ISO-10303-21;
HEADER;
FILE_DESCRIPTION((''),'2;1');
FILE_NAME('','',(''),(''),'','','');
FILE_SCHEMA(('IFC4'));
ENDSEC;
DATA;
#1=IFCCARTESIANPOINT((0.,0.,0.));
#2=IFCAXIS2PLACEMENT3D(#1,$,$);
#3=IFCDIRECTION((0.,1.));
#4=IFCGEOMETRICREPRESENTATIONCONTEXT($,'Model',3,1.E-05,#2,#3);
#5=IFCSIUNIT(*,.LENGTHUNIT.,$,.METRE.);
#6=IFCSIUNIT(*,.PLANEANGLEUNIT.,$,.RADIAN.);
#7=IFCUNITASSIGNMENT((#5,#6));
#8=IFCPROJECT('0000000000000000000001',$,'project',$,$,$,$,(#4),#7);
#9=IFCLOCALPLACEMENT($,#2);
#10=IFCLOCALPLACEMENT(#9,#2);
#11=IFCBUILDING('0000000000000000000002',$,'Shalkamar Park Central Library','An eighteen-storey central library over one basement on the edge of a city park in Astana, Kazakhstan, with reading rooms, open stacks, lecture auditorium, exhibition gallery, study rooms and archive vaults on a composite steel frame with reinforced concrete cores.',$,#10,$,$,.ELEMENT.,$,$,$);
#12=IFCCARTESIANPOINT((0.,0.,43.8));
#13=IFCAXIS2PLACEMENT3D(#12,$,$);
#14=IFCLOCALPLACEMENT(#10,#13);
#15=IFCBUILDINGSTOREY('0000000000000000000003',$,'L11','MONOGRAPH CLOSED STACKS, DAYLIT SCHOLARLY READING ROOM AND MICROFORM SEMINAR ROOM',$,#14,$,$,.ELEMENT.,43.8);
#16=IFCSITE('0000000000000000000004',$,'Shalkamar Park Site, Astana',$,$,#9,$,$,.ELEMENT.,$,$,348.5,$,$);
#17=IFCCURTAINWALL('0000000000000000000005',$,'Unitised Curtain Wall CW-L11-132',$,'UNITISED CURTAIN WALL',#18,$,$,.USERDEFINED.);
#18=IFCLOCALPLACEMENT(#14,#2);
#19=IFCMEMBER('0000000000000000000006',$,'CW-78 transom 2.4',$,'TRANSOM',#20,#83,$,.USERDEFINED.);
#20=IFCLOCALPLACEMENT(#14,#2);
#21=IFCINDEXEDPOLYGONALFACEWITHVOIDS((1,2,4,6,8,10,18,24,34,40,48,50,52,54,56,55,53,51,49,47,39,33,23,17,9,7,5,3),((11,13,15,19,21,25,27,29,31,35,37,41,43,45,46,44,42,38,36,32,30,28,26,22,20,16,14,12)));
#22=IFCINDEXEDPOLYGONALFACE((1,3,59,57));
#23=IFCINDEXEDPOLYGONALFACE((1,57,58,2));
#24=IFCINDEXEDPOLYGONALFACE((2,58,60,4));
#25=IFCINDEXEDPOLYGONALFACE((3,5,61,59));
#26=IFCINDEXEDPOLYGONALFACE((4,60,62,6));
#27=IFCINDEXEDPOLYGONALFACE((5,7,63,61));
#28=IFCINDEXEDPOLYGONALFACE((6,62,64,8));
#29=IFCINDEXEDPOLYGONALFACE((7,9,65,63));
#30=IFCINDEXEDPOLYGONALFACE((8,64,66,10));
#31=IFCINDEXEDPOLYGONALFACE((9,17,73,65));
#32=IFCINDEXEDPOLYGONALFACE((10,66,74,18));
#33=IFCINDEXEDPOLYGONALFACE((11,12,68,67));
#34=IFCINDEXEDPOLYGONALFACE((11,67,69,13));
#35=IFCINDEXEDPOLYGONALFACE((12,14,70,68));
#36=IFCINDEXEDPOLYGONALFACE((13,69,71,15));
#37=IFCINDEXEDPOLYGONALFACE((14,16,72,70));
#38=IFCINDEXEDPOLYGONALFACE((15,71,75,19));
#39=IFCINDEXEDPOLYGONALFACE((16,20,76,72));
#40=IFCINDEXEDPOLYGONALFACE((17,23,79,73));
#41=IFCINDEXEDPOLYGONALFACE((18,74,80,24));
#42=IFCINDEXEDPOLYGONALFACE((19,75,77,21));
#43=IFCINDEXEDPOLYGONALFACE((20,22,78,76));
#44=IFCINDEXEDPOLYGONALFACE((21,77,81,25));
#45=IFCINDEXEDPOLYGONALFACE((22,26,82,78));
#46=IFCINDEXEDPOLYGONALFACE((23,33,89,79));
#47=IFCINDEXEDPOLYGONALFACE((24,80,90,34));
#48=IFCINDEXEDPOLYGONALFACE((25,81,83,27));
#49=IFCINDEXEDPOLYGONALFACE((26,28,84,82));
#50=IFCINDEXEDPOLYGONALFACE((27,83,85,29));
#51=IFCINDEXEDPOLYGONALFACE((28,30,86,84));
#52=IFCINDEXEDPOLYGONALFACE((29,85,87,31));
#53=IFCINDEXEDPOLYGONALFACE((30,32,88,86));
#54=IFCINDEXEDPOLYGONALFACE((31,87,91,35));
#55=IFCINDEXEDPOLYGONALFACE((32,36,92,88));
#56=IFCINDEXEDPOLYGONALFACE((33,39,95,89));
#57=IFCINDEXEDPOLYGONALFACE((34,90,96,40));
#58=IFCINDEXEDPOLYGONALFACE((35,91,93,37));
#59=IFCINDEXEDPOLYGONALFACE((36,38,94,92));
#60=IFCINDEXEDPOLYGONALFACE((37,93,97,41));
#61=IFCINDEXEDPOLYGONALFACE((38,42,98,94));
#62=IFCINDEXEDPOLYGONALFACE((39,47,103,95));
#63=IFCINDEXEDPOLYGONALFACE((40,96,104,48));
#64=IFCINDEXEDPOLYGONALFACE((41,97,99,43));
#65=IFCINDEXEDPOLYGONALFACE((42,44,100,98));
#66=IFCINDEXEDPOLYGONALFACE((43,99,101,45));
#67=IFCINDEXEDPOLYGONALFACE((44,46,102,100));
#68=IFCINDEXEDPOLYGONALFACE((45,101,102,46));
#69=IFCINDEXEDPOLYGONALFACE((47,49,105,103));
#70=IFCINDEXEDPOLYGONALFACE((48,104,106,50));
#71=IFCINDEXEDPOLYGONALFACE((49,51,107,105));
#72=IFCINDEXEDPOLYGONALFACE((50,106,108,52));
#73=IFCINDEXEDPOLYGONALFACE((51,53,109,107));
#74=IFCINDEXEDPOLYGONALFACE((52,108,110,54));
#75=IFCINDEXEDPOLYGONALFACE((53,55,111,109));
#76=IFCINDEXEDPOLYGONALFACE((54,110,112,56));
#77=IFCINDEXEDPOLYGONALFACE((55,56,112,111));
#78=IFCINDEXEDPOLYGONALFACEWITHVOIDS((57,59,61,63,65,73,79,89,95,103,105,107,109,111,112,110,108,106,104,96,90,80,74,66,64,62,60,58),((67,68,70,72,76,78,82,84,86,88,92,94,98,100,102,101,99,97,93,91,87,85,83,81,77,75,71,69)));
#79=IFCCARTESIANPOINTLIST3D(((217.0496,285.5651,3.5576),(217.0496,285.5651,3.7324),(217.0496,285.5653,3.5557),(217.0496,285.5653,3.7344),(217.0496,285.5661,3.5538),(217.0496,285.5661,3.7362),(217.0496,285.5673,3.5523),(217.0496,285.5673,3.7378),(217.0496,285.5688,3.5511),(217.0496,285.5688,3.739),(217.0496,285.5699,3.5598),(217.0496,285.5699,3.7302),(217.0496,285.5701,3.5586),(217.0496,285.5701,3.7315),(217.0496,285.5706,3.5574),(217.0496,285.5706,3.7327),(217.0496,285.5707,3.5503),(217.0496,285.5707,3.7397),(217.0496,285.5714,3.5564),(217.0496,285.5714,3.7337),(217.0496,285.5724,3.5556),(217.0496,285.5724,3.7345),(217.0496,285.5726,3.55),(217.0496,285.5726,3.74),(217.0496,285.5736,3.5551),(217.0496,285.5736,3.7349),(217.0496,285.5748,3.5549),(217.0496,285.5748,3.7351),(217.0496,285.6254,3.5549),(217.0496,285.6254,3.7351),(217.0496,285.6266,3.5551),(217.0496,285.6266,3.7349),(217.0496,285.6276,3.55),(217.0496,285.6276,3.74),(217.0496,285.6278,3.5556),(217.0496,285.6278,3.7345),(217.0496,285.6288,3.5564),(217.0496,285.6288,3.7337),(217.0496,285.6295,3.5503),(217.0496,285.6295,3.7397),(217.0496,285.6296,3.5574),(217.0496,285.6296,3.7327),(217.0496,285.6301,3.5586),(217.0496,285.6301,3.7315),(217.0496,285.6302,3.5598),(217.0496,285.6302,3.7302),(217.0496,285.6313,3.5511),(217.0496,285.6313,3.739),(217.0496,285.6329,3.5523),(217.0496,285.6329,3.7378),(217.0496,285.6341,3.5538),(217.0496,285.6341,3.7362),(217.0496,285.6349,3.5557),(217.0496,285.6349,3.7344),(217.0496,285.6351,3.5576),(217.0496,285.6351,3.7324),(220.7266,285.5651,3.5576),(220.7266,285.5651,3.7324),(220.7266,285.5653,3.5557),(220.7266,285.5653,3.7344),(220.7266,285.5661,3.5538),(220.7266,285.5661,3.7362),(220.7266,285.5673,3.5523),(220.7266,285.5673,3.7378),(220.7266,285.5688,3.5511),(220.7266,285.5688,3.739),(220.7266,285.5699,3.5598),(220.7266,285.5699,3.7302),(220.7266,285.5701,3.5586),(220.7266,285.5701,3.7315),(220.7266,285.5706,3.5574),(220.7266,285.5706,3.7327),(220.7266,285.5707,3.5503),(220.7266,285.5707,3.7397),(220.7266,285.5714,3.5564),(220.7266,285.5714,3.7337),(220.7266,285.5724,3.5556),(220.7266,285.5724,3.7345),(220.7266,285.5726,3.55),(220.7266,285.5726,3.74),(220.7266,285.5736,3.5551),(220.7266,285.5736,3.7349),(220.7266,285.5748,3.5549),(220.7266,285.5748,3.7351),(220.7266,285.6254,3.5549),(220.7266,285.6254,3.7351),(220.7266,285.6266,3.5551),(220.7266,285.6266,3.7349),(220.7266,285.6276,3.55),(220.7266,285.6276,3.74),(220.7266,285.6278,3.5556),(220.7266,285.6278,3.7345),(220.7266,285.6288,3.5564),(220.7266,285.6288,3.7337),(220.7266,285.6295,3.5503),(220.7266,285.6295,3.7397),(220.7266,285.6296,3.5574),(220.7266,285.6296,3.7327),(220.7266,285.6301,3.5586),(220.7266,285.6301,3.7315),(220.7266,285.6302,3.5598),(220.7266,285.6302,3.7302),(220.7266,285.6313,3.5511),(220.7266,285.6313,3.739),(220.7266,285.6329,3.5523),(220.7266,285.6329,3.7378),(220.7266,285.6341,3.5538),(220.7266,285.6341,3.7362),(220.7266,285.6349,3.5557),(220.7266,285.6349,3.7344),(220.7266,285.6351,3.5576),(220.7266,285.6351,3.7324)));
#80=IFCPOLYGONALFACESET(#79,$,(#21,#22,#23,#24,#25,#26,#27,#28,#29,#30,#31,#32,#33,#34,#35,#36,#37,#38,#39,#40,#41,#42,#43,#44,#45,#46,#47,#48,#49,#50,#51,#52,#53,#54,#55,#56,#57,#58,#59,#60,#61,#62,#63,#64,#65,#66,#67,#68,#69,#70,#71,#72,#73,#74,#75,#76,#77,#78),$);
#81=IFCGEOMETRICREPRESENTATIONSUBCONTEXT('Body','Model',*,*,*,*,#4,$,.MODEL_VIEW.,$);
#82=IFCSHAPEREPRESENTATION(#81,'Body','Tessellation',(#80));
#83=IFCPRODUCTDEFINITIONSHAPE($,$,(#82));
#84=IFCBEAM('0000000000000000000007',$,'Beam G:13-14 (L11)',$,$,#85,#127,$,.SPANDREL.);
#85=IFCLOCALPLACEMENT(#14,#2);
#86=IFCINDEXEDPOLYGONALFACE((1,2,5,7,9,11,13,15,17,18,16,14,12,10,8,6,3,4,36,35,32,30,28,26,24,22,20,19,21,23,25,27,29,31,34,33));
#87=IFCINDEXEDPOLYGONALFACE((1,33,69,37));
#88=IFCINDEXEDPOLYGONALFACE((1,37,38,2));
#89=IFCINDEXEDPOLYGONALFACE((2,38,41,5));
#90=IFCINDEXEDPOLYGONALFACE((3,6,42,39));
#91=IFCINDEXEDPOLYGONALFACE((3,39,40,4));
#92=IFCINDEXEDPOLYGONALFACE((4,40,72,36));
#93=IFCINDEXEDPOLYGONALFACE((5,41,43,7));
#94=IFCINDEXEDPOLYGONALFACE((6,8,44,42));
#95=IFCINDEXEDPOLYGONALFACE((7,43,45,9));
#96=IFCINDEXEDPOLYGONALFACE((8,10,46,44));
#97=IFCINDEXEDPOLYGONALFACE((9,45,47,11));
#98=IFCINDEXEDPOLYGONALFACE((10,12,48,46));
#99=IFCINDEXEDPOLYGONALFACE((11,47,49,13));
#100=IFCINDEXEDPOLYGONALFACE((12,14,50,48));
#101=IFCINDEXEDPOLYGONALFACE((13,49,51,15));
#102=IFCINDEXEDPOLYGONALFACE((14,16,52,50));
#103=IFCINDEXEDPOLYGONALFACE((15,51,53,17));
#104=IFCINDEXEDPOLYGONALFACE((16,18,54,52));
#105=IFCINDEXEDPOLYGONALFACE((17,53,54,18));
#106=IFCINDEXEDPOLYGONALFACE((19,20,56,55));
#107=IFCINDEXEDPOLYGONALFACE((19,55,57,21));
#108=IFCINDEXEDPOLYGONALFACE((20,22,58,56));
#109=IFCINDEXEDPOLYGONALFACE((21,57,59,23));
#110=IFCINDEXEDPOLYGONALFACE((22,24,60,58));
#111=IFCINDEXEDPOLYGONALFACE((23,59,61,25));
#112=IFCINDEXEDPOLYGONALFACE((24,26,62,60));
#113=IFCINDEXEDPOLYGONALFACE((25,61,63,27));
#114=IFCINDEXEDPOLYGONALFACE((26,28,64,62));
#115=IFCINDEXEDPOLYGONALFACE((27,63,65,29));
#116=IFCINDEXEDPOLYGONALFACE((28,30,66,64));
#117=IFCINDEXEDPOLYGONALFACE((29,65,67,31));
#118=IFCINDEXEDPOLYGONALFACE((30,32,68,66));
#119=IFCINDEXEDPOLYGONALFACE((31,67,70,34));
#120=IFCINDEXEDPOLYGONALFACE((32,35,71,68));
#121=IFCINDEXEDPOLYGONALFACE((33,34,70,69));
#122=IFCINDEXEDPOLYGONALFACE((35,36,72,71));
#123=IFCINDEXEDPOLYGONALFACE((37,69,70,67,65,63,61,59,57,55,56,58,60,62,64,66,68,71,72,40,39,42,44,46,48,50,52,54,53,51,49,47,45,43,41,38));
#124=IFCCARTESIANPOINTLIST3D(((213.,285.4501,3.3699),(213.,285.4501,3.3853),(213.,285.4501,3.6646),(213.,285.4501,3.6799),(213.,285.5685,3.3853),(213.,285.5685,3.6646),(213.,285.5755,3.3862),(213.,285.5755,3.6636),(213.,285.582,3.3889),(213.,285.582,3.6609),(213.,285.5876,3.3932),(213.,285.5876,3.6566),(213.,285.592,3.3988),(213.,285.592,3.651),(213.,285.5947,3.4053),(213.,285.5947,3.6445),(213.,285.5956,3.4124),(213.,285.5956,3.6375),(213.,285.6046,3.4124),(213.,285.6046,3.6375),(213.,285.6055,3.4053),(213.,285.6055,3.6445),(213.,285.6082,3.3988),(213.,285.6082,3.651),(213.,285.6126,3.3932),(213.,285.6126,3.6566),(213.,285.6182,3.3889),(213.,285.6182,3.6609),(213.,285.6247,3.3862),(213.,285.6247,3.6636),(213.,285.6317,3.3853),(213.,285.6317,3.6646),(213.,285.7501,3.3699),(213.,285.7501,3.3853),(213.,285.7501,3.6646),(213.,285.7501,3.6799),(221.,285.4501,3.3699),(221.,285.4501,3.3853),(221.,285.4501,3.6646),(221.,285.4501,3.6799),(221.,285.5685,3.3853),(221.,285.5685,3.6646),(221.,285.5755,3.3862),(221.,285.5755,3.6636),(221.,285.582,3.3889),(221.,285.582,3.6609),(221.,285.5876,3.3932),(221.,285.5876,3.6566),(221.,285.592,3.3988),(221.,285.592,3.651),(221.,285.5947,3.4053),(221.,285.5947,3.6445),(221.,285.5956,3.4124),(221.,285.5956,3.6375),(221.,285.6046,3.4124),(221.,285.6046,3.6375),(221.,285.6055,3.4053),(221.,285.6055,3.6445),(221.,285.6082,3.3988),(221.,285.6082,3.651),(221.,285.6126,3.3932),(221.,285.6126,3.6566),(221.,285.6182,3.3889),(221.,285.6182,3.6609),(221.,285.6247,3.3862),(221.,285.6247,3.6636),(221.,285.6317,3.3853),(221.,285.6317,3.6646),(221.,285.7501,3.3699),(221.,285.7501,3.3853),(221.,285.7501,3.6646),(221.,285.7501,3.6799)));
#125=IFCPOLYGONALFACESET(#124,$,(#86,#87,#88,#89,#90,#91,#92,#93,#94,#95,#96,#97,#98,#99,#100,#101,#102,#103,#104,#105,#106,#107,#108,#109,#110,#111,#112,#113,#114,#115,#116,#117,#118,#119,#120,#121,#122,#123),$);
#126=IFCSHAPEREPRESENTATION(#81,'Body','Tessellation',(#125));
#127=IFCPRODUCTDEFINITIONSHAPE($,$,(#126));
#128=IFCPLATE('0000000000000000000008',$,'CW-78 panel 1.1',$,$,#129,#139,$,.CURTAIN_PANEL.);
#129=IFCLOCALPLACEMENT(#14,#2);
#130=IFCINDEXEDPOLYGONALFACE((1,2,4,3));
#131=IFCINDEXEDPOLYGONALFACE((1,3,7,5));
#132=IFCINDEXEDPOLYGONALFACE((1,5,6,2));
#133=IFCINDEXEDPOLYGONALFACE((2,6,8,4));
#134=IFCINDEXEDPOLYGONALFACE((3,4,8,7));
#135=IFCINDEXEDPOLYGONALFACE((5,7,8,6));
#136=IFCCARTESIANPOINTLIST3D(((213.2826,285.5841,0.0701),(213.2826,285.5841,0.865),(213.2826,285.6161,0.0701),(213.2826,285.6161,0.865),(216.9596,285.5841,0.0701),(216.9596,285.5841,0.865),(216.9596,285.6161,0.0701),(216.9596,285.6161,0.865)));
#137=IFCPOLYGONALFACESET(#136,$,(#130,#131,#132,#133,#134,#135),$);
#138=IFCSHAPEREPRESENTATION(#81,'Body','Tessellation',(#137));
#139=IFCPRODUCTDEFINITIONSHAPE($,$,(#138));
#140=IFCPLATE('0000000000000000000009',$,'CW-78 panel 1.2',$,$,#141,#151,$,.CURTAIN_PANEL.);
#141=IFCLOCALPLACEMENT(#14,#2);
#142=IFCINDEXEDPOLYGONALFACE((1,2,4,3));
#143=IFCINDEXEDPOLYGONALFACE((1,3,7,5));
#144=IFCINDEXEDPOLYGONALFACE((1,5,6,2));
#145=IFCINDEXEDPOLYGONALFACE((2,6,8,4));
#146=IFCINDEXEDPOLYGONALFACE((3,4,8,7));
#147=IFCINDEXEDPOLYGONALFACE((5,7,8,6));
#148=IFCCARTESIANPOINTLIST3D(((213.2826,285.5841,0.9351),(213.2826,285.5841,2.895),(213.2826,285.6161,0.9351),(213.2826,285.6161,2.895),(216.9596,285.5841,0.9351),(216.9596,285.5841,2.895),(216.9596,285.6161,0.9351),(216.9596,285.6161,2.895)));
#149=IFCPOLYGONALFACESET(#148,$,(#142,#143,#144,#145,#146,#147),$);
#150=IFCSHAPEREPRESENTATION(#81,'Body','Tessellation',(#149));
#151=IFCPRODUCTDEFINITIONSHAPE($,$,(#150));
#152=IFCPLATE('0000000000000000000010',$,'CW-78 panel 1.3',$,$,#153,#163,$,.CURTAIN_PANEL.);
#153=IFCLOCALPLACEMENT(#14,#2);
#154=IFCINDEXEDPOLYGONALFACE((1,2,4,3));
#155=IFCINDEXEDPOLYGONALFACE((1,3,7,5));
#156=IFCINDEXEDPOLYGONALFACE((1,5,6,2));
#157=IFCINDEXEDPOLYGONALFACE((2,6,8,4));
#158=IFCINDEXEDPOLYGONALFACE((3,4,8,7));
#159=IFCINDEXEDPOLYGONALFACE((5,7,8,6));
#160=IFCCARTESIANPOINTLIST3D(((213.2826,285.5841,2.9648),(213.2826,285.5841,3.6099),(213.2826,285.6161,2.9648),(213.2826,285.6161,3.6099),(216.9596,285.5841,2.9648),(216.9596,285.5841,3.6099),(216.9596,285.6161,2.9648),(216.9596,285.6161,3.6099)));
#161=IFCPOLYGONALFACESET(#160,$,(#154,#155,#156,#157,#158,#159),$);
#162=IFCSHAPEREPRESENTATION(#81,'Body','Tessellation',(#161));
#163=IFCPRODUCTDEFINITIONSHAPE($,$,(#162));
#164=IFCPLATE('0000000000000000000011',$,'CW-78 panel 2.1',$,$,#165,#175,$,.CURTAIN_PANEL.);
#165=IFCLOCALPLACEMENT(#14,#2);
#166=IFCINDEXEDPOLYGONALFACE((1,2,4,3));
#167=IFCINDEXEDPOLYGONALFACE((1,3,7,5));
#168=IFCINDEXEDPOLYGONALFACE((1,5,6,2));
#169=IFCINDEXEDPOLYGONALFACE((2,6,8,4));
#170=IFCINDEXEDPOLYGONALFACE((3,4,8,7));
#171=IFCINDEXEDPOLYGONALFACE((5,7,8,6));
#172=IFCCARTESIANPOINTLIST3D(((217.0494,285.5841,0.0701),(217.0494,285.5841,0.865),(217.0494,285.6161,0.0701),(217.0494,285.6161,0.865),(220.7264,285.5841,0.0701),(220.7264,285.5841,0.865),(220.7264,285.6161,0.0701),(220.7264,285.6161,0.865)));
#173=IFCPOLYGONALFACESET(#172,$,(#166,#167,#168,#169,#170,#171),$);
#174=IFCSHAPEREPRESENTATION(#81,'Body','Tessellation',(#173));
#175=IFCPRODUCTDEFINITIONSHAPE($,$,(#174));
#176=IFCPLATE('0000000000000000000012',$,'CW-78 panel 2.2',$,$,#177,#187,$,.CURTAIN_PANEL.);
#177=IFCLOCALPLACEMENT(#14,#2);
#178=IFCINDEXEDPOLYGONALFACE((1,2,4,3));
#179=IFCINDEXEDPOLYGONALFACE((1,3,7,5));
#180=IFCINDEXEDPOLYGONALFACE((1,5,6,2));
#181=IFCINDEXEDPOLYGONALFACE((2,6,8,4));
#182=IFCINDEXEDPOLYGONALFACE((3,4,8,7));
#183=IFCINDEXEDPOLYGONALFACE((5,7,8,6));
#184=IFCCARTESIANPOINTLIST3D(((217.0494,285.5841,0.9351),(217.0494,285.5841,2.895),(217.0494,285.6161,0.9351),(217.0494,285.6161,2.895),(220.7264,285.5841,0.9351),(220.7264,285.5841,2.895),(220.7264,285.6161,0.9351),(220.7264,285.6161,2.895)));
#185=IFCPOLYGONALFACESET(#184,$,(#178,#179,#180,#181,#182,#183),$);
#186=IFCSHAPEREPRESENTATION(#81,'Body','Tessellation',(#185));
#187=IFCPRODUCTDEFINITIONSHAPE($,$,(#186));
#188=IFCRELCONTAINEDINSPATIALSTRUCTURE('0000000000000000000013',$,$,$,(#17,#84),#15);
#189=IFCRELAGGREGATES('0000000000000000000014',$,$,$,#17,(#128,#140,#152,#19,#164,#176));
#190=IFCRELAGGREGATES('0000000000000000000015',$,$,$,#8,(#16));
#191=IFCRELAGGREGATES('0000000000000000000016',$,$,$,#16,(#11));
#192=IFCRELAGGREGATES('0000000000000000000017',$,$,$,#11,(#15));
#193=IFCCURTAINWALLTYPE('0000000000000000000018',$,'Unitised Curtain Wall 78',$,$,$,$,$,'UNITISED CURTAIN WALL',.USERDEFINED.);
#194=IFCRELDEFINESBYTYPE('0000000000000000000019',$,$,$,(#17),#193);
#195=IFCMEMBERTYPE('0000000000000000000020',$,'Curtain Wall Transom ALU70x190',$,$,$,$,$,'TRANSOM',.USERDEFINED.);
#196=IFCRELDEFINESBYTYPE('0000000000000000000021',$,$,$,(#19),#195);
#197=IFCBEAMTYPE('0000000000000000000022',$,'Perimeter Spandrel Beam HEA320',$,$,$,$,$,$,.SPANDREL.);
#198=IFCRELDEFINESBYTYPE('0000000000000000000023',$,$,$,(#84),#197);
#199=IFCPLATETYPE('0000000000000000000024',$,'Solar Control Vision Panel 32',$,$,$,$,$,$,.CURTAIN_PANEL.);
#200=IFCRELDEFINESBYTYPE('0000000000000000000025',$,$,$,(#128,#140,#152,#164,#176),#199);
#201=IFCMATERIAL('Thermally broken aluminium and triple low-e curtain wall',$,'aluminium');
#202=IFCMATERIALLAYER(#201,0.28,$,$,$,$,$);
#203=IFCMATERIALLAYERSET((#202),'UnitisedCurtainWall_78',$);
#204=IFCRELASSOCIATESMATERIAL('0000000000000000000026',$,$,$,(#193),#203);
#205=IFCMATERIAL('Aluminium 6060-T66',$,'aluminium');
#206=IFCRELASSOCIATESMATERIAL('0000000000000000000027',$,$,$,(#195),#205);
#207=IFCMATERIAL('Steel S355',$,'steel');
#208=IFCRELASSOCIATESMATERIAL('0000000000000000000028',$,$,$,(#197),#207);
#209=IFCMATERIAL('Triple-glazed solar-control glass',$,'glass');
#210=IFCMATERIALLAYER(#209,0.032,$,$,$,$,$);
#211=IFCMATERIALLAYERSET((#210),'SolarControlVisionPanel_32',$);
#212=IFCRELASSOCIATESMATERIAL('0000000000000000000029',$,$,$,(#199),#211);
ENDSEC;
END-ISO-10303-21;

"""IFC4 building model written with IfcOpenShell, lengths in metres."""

from ifc_helpers import new_model, si_unit, direction, frame, origin, origin_2d, place, context, subcontext, project, spatial, rectangle, hollow_rectangle, i_section, extrude, material, layer, layer_set, material_profile, profile_set, type_object, element, aggregate, save


model = new_model("IFC4")

# Units and contexts
model_context = context("Model", 3, precision=1e-05, world=origin(), true_north=direction((0.0, 1.0)))
body_context = subcontext(model_context, "Body", "Model", "MODEL_VIEW")
ifc_project = project(units=[si_unit("LENGTHUNIT", "METRE"), si_unit("PLANEANGLEUNIT", "RADIAN")], contexts=[model_context])

# Site, building, storey
site_placement = place(None, origin())
site = spatial("IfcSite", under=ifc_project, at=site_placement, Name="Shalkamar Park Site, Astana", CompositionType="ELEMENT", RefElevation=348.5)
building_placement = place(site_placement, origin())
building = spatial("IfcBuilding", under=site, at=building_placement, Name="Shalkamar Park Central Library", Description="An eighteen-storey central library over one basement on the edge of a city park in Astana, Kazakhstan, with reading rooms, open stacks, lecture auditorium, exhibition gallery, study rooms and archive vaults on a composite steel frame with reinforced concrete cores.", CompositionType="ELEMENT")
storey_placement = place(building_placement, frame((0.0, 0.0, 43.8)))
storey = spatial("IfcBuildingStorey", under=building, at=storey_placement, Name="L11", Description="MONOGRAPH CLOSED STACKS, DAYLIT SCHOLARLY READING ROOM AND MICROFORM SEMINAR ROOM", CompositionType="ELEMENT", Elevation=43.8)

# Shared definitions
ifc_material_1 = material(Name="Steel S355", Category="steel")

# Shared definitions
ifc_material_2 = material(Name="Thermally broken aluminium and triple low-e curtain wall", Category="aluminium")
ifc_material_3 = material(Name="Aluminium 6060-T66", Category="aluminium")

# Curtain wall
ifc_layer_1 = layer(ifc_material_2, 0.28)
ifc_layer_set_1 = layer_set([ifc_layer_1], Name="UnitisedCurtainWall_78")
curtain_wall_type_1 = type_object("IfcCurtainWallType", Name="Unitised Curtain Wall 78", ElementType="UNITISED CURTAIN WALL", PredefinedType="USERDEFINED", material=ifc_layer_set_1)
curtain_wall_1_placement = place(storey_placement, origin())
curtain_wall_1 = element("IfcCurtainWall", 1, at=curtain_wall_1_placement, inside=storey, type_object=curtain_wall_type_1, Name="Unitised Curtain Wall CW-L11-132", ObjectType="UNITISED CURTAIN WALL", PredefinedType="USERDEFINED")

# Member
ifc_material_profile_1 = material_profile(ifc_material_3, hollow_rectangle(XDim=0.0701, YDim=0.1899, WallThickness=0.0049, InnerFilletRadius=0.0049, OuterFilletRadius=0.0076, at=origin_2d()), Name="ALU 70x190x5")
ifc_profile_set_1 = profile_set([ifc_material_profile_1], Name="Aluminium 6060-T66")
member_type_1 = type_object("IfcMemberType", Name="Curtain Wall Transom ALU70x190", ElementType="TRANSOM", PredefinedType="USERDEFINED", material=ifc_profile_set_1)
member_1_placement = place(storey_placement, frame((217.0496, 285.6001, 3.645), z_axis=(1.0, 0.0, 0.0), x_axis=(0.0, 1.0, 0.0)))
member_1 = element("IfcMember", 2, at=member_1_placement, type_object=member_type_1, Name="CW-78 transom 2.4", ObjectType="TRANSOM", PredefinedType="USERDEFINED", context=body_context, shape_type="SweptSolid", body=[
    extrude(hollow_rectangle(XDim=0.0701, YDim=0.1899, WallThickness=0.0049, InnerFilletRadius=0.0049, OuterFilletRadius=0.0076, at=origin_2d()), origin(), (0.0, 0.0, 1.0), 3.677),
])

# Beam
ifc_material_profile_2 = material_profile(ifc_material_1, i_section(OverallWidth=0.3, OverallDepth=0.3101, WebThickness=0.009, FlangeThickness=0.0154, FilletRadius=0.0271, at=origin_2d()), Name="HEA 320")
ifc_profile_set_2 = profile_set([ifc_material_profile_2], Name="Steel S355")
beam_type = type_object("IfcBeamType", Name="Perimeter Spandrel Beam HEA320", PredefinedType="SPANDREL", material=ifc_profile_set_2)
beam_placement = place(storey_placement, frame((213.0, 285.6001, 3.5249), z_axis=(1.0, 0.0, 0.0), x_axis=(0.0, 1.0, 0.0)))
element("IfcBeam", 3, at=beam_placement, inside=storey, type_object=beam_type, Name="Beam G:13-14 (L11)", PredefinedType="SPANDREL", context=body_context, shape_type="SweptSolid", body=[
    extrude(i_section(OverallWidth=0.3, OverallDepth=0.3101, WebThickness=0.009, FlangeThickness=0.0154, FilletRadius=0.0271, at=origin_2d()), origin(), (0.0, 0.0, 1.0), 8.0),
])

# Plates
ifc_material_4 = material(Name="Triple-glazed solar-control glass", Category="glass")
ifc_layer_2 = layer(ifc_material_4, 0.032)
ifc_layer_set_2 = layer_set([ifc_layer_2], Name="SolarControlVisionPanel_32")
plate_type_1 = type_object("IfcPlateType", Name="Solar Control Vision Panel 32", PredefinedType="CURTAIN_PANEL", material=ifc_layer_set_2)
plate_1_placement = place(storey_placement, frame((215.1211, 285.6001, 0.0701), z_axis=(0.0, 0.0, 1.0), x_axis=(1.0, 0.0, 0.0)))
plate_1 = element("IfcPlate", 4, at=plate_1_placement, type_object=plate_type_1, Name="CW-78 panel 1.1", PredefinedType="CURTAIN_PANEL", context=body_context, shape_type="SweptSolid", body=[
    extrude(rectangle(XDim=3.677, YDim=0.032, at=origin_2d()), origin(), (0.0, 0.0, 1.0), 0.7949),
])
plate_2_placement = place(storey_placement, frame((215.1211, 285.6001, 0.9351), z_axis=(0.0, 0.0, 1.0), x_axis=(1.0, 0.0, 0.0)))
plate_2 = element("IfcPlate", 5, at=plate_2_placement, type_object=plate_type_1, Name="CW-78 panel 1.2", PredefinedType="CURTAIN_PANEL", context=body_context, shape_type="SweptSolid", body=[
    extrude(rectangle(XDim=3.677, YDim=0.032, at=origin_2d()), origin(), (0.0, 0.0, 1.0), 1.96),
])
plate_3_placement = place(storey_placement, frame((215.1211, 285.6001, 2.9648), z_axis=(0.0, 0.0, 1.0), x_axis=(1.0, 0.0, 0.0)))
plate_3 = element("IfcPlate", 6, at=plate_3_placement, type_object=plate_type_1, Name="CW-78 panel 1.3", PredefinedType="CURTAIN_PANEL", context=body_context, shape_type="SweptSolid", body=[
    extrude(rectangle(XDim=3.677, YDim=0.032, at=origin_2d()), origin(), (0.0, 0.0, 1.0), 0.645),
])
plate_4_placement = place(storey_placement, frame((218.8879, 285.6001, 0.0701), z_axis=(0.0, 0.0, 1.0), x_axis=(1.0, 0.0, 0.0)))
plate_4 = element("IfcPlate", 7, at=plate_4_placement, type_object=plate_type_1, Name="CW-78 panel 2.1", PredefinedType="CURTAIN_PANEL", context=body_context, shape_type="SweptSolid", body=[
    extrude(rectangle(XDim=3.677, YDim=0.032, at=origin_2d()), origin(), (0.0, 0.0, 1.0), 0.7949),
])
plate_5_placement = place(storey_placement, frame((218.8879, 285.6001, 0.9351), z_axis=(0.0, 0.0, 1.0), x_axis=(1.0, 0.0, 0.0)))
plate_5 = element("IfcPlate", 8, at=plate_5_placement, type_object=plate_type_1, Name="CW-78 panel 2.2", PredefinedType="CURTAIN_PANEL", context=body_context, shape_type="SweptSolid", body=[
    extrude(rectangle(XDim=3.677, YDim=0.032, at=origin_2d()), origin(), (0.0, 0.0, 1.0), 1.96),
])
aggregate(curtain_wall_1, [plate_1, plate_2, plate_3, member_1, plate_4, plate_5])

save(model, "model.ifc")
